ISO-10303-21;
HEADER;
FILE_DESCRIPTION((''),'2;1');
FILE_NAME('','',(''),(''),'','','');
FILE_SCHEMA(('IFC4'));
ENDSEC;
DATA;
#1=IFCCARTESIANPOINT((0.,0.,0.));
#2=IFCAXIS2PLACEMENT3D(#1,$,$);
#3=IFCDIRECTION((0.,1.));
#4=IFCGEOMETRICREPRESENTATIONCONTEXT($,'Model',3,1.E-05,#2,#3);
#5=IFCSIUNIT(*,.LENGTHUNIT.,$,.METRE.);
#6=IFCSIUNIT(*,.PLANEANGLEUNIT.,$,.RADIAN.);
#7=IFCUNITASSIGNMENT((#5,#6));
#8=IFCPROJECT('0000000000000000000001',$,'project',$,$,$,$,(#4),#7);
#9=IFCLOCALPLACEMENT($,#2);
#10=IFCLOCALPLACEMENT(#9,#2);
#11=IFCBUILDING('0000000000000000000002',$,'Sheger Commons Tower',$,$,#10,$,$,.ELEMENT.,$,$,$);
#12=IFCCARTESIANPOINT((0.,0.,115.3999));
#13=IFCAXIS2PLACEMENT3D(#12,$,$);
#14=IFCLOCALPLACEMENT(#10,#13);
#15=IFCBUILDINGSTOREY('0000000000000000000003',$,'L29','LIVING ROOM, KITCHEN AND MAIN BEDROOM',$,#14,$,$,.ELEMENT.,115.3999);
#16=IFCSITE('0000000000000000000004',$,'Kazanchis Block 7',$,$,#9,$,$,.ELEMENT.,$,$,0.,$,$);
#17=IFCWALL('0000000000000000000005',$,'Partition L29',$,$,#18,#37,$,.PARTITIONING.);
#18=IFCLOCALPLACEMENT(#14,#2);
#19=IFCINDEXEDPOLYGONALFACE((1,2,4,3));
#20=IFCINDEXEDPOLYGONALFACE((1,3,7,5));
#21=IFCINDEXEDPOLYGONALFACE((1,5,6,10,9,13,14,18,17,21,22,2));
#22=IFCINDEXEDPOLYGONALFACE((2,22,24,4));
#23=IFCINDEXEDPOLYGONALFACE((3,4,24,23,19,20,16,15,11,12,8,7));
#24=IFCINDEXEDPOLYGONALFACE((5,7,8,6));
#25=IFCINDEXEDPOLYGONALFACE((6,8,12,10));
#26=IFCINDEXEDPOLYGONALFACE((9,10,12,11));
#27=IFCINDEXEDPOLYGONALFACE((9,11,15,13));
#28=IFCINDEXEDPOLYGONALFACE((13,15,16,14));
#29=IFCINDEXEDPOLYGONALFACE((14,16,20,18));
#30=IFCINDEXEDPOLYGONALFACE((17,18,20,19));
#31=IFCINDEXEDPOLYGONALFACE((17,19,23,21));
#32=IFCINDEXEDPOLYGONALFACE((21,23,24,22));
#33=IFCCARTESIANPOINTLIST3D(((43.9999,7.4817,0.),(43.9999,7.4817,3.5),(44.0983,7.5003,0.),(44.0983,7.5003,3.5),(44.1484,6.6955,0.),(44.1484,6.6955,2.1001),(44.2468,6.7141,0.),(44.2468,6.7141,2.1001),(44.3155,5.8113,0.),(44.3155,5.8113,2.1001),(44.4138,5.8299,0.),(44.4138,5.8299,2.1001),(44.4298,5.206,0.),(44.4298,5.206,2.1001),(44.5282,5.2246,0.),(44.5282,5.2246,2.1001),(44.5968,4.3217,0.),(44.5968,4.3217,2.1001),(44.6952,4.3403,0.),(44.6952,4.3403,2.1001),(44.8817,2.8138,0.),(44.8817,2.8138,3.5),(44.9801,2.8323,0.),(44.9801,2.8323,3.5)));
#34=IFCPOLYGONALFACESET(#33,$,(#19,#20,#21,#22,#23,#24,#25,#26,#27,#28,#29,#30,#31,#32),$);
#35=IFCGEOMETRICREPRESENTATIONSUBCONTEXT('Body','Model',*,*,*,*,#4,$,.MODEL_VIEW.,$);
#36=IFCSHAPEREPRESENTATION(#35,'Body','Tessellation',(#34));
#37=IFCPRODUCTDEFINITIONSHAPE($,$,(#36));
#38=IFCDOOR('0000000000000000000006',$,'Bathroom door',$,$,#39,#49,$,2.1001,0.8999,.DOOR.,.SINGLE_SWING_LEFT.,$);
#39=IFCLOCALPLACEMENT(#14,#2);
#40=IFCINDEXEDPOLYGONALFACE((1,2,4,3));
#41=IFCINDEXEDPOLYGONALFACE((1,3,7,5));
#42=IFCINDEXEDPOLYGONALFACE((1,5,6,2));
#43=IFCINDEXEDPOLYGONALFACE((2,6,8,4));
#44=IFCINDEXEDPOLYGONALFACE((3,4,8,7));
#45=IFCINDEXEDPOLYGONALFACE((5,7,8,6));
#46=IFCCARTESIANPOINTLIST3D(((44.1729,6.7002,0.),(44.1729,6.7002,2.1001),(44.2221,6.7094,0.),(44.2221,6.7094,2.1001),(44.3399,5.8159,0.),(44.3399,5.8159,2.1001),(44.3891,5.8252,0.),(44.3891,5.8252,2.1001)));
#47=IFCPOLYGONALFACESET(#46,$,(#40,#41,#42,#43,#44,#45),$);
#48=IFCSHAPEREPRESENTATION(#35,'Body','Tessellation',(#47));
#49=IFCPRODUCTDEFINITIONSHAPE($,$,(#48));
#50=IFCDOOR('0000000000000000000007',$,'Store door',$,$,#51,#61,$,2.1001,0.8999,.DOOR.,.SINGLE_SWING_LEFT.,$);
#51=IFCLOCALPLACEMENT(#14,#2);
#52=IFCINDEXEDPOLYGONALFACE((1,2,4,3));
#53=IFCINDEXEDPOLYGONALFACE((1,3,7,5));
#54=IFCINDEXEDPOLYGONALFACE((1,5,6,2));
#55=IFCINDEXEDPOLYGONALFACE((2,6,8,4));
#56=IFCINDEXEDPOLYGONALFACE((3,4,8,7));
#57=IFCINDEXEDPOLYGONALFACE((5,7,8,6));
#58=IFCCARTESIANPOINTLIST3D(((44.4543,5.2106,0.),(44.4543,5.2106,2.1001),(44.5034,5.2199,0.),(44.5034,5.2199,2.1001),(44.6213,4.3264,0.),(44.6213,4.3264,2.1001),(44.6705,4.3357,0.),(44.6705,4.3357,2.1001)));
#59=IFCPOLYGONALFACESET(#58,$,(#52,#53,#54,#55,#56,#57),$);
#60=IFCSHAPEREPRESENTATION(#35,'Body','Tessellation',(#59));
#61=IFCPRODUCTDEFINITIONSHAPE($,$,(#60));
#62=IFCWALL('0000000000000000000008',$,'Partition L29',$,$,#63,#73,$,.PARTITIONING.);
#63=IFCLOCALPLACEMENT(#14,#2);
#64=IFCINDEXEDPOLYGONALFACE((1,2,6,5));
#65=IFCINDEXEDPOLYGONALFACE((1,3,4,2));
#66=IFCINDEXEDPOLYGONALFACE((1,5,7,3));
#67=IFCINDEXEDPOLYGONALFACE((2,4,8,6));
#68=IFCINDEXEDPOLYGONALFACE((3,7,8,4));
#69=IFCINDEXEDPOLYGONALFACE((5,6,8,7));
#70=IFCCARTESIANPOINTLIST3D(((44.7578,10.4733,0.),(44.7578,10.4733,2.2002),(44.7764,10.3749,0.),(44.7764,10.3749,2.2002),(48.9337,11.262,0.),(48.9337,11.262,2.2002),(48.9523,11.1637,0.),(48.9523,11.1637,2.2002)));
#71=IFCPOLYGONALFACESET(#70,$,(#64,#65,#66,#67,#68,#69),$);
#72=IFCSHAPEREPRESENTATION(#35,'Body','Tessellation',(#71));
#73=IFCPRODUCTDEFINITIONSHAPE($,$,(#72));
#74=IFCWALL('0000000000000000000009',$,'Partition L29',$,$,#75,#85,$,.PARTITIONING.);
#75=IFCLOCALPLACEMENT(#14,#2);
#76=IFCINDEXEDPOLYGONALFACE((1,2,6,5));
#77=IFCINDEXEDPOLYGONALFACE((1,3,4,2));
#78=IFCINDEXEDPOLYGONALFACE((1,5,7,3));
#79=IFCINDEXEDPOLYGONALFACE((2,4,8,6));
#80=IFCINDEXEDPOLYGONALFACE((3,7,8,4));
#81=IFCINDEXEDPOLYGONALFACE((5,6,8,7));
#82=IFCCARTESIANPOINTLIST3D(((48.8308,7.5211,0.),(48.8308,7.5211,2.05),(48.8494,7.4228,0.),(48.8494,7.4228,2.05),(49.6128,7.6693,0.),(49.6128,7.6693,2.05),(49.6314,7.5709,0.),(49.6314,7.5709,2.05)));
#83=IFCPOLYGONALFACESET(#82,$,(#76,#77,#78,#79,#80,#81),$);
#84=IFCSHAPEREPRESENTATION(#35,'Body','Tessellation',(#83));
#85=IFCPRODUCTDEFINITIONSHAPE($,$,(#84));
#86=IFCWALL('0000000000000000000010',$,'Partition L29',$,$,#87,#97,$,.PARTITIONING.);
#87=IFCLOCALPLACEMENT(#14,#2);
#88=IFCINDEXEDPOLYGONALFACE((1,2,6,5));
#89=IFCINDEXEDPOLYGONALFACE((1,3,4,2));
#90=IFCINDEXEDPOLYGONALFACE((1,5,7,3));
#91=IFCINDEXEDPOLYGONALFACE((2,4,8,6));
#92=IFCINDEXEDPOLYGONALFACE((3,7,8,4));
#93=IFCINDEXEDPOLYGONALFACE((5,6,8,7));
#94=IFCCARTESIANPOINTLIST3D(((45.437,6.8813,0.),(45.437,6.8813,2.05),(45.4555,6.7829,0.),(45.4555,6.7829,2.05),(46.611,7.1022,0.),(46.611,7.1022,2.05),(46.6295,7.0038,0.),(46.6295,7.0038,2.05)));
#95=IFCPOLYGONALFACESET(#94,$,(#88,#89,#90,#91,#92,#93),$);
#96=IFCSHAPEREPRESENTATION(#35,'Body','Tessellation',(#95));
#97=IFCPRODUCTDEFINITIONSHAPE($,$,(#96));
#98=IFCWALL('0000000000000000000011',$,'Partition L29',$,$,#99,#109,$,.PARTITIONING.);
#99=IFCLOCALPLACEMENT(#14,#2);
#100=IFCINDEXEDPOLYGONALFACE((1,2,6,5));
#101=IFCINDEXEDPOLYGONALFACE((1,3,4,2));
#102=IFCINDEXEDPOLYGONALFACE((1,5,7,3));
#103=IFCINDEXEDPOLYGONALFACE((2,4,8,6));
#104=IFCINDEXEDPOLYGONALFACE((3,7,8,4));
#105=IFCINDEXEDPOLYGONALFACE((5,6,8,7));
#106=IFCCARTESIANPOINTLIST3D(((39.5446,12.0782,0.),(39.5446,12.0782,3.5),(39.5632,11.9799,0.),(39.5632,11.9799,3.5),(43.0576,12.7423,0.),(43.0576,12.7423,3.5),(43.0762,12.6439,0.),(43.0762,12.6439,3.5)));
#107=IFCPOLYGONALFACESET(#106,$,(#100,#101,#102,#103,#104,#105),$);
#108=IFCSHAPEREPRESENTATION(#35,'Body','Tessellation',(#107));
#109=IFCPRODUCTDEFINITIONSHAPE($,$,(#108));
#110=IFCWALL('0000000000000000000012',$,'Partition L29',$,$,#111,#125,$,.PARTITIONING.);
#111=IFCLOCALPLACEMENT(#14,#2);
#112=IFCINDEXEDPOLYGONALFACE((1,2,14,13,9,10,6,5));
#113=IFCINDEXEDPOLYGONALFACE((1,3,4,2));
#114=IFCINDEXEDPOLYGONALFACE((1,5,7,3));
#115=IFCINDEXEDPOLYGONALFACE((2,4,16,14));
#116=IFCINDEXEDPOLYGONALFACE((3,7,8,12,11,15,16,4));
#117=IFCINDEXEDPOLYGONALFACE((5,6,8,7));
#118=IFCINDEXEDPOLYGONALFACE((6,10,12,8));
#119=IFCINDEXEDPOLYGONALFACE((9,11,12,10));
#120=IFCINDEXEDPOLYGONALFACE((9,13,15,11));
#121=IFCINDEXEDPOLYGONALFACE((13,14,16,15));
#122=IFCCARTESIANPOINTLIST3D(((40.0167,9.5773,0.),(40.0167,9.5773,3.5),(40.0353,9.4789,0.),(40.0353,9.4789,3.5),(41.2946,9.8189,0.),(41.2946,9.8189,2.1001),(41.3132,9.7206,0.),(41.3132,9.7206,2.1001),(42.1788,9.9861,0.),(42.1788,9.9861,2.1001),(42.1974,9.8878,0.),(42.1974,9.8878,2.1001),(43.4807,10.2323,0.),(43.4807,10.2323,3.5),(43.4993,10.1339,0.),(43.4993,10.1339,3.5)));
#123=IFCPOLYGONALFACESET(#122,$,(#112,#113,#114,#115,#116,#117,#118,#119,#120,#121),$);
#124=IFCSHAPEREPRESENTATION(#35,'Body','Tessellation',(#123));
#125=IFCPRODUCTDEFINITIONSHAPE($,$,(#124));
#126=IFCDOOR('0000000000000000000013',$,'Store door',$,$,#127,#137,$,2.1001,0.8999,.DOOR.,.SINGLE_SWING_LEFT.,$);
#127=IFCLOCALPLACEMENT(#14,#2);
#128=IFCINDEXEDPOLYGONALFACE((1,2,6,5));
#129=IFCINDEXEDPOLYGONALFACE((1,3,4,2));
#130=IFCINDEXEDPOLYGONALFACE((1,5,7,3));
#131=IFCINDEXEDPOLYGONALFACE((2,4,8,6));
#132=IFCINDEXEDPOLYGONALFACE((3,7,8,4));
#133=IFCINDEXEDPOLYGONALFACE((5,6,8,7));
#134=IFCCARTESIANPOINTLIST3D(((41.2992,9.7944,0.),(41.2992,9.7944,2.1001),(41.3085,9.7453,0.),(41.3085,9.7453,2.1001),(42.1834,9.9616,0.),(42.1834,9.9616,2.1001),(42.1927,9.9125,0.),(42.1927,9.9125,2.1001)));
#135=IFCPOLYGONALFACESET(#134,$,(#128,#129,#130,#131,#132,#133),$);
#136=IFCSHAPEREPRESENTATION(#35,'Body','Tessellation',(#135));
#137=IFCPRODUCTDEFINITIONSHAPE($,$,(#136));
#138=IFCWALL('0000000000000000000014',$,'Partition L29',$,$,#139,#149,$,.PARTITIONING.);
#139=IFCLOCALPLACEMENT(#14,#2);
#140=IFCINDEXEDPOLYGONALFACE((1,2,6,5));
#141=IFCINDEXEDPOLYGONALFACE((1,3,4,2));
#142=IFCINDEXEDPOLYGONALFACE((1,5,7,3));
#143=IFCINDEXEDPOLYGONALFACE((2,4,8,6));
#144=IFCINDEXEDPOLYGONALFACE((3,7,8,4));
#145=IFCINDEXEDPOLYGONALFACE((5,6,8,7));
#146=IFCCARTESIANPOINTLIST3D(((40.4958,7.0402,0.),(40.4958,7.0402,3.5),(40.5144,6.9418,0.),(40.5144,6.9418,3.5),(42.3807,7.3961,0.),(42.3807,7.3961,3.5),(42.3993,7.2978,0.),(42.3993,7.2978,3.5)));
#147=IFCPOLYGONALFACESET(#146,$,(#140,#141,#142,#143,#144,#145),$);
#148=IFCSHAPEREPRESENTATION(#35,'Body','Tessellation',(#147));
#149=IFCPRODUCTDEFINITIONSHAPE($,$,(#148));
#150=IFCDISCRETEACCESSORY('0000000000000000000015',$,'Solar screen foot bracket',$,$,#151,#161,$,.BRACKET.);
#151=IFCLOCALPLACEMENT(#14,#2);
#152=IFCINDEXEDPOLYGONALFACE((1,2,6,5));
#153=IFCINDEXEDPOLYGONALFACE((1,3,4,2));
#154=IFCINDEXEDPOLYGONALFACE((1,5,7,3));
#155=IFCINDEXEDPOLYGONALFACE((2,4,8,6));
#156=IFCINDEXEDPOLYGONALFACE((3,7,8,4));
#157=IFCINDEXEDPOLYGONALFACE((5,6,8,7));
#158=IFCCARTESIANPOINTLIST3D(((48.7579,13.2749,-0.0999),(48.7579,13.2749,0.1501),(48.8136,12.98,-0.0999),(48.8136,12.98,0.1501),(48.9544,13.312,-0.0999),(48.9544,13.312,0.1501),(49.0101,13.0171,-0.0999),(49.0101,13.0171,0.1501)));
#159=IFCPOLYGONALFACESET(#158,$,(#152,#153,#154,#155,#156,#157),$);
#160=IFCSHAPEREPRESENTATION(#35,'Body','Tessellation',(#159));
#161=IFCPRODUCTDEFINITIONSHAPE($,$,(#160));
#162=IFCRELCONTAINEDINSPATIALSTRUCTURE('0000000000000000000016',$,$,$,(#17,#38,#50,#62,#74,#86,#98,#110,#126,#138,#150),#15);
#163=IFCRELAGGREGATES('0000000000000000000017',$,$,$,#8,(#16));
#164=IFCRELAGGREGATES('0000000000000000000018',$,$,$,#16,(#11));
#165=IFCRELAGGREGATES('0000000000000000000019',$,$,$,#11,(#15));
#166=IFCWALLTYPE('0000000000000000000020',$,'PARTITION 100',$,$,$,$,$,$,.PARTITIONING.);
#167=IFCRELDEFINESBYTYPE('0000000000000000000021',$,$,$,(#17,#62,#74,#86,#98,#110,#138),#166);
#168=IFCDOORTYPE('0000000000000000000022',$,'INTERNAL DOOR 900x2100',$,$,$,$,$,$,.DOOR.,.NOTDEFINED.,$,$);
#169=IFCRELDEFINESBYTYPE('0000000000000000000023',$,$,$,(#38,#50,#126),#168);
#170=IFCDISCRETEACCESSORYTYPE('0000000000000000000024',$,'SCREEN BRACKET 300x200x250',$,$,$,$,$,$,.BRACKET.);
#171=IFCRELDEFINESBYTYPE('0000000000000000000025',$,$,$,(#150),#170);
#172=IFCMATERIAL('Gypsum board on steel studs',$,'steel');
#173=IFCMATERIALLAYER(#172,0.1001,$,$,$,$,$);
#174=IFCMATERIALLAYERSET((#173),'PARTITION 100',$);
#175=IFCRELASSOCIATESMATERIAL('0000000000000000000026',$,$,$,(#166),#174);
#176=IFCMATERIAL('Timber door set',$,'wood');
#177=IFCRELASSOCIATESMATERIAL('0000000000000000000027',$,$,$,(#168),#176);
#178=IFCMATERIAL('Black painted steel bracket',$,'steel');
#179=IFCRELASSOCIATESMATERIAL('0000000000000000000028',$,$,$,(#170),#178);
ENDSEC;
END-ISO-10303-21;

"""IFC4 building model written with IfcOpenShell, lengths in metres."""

from ifc_helpers import new_model, si_unit, direction, frame, frame_2d, origin, origin_2d, place, context, subcontext, project, spatial, rectangle, extrude, material, layer, layer_set, type_object, element, fill, save


model = new_model("IFC4")

# Units and contexts
model_context = context("Model", 3, precision=1e-05, world=origin(), true_north=direction((0.0, 1.0)))
body_context = subcontext(model_context, "Body", "Model", "MODEL_VIEW")
ifc_project = project(units=[si_unit("LENGTHUNIT", "METRE"), si_unit("PLANEANGLEUNIT", "RADIAN")], contexts=[model_context])

# Site, building, storey
site_placement = place(None, origin())
site = spatial("IfcSite", under=ifc_project, at=site_placement, Name="Kazanchis Block 7", CompositionType="ELEMENT", RefElevation=0.0)
building_placement = place(site_placement, origin())
building = spatial("IfcBuilding", under=site, at=building_placement, Name="Sheger Commons Tower", CompositionType="ELEMENT")
storey_placement = place(building_placement, frame((0.0, 0.0, 115.3999)))
storey = spatial("IfcBuildingStorey", under=building, at=storey_placement, Name="L29", Description="LIVING ROOM, KITCHEN AND MAIN BEDROOM", CompositionType="ELEMENT", Elevation=115.3999)

# Shared definitions
ifc_material_1 = material(Name="Gypsum board on steel studs", Category="steel")
ifc_layer_1 = layer(ifc_material_1, 0.1001)
ifc_layer_set_1 = layer_set([ifc_layer_1], Name="PARTITION 100")
wall_type_1 = type_object("IfcWallType", Name="PARTITION 100", PredefinedType="PARTITIONING", material=ifc_layer_set_1)
ifc_material_2 = material(Name="Timber door set", Category="wood")
door_type_1 = type_object("IfcDoorType", Name="INTERNAL DOOR 900x2100", OperationType="NOTDEFINED", PredefinedType="DOOR", material=ifc_material_2)

# Wall, openings, doors
wall_1_placement = place(storey_placement, frame((44.0491, 7.491, 0.0), z_axis=(0.0, 0.0, 1.0), x_axis=(0.185629, -0.98262, 0.0)))
wall_1 = element("IfcWall", 1, at=wall_1_placement, inside=storey, type_object=wall_type_1, Name="Partition L29", PredefinedType="PARTITIONING", context=body_context, shape_type="SweptSolid", body=[
    extrude(rectangle(XDim=4.7505, YDim=0.1001, at=frame_2d((2.3752, 0.0))), origin(), (0.0, 0.0, 1.0), 3.5),
])
opening_1_placement = place(wall_1_placement, frame((0.8, 0.0, 0.0)))
opening_1 = element("IfcOpeningElement", 2, at=opening_1_placement, cuts=wall_1, PredefinedType="OPENING", context=body_context, shape_type="SweptSolid", body=[
    extrude(rectangle(XDim=0.8999, YDim=2.1001, at=frame_2d((0.45, 1.05))), frame((0.0, 0.0601, 0.0), z_axis=(0.0, -1.0, 0.0), x_axis=(1.0, 0.0, 0.0)), (0.0, 0.0, 1.0), 0.1201),
])
opening_2_placement = place(wall_1_placement, frame((2.3159, 0.0, 0.0)))
opening_2 = element("IfcOpeningElement", 3, at=opening_2_placement, cuts=wall_1, PredefinedType="OPENING", context=body_context, shape_type="SweptSolid", body=[
    extrude(rectangle(XDim=0.8999, YDim=2.1001, at=frame_2d((0.45, 1.05))), frame((0.0, 0.0601, 0.0), z_axis=(0.0, -1.0, 0.0), x_axis=(1.0, 0.0, 0.0)), (0.0, 0.0, 1.0), 0.1201),
])
door_1_placement = place(opening_1_placement, origin())
door_1 = element("IfcDoor", 4, at=door_1_placement, inside=storey, type_object=door_type_1, Name="Bathroom door", OperationType="SINGLE_SWING_LEFT", OverallHeight=2.1001, OverallWidth=0.8999, PredefinedType="DOOR", context=body_context, shape_type="SweptSolid", body=[
    extrude(rectangle(XDim=0.8999, YDim=2.1001, at=frame_2d((0.45, 1.05))), frame((0.0, 0.0249, 0.0), z_axis=(0.0, -1.0, 0.0), x_axis=(1.0, 0.0, 0.0)), (0.0, 0.0, 1.0), 0.05),
])
fill(opening_1, door_1)
door_2_placement = place(opening_2_placement, origin())
door_2 = element("IfcDoor", 5, at=door_2_placement, inside=storey, type_object=door_type_1, Name="Store door", OperationType="SINGLE_SWING_LEFT", OverallHeight=2.1001, OverallWidth=0.8999, PredefinedType="DOOR", context=body_context, shape_type="SweptSolid", body=[
    extrude(rectangle(XDim=0.8999, YDim=2.1001, at=frame_2d((0.45, 1.05))), frame((0.0, 0.0249, 0.0), z_axis=(0.0, -1.0, 0.0), x_axis=(1.0, 0.0, 0.0)), (0.0, 0.0, 1.0), 0.05),
])
fill(opening_2, door_2)

# Walls
wall_2_placement = place(storey_placement, frame((48.9431, 11.2129, 0.0), z_axis=(0.0, 0.0, 1.0), x_axis=(-0.982624, -0.18561, 0.0)))
element("IfcWall", 6, at=wall_2_placement, inside=storey, type_object=wall_type_1, Name="Partition L29", PredefinedType="PARTITIONING", context=body_context, shape_type="SweptSolid", body=[
    extrude(rectangle(XDim=4.2498, YDim=0.1001, at=frame_2d((2.125, 0.0))), origin(), (0.0, 0.0, 1.0), 2.2002),
])
wall_3_placement = place(storey_placement, frame((49.6221, 7.6201, 0.0), z_axis=(0.0, 0.0, 1.0), x_axis=(-0.982513, -0.186196, 0.0)))
element("IfcWall", 7, at=wall_3_placement, inside=storey, type_object=wall_type_1, Name="Partition L29", PredefinedType="PARTITIONING", context=body_context, shape_type="SweptSolid", body=[
    extrude(rectangle(XDim=0.7959, YDim=0.1001, at=frame_2d((0.3979, 0.0))), origin(), (0.0, 0.0, 1.0), 2.05),
])
wall_4_placement = place(storey_placement, frame((46.6201, 7.053, 0.0), z_axis=(0.0, 0.0, 1.0), x_axis=(-0.982749, -0.184942, 0.0)))
element("IfcWall", 8, at=wall_4_placement, inside=storey, type_object=wall_type_1, Name="Partition L29", PredefinedType="PARTITIONING", context=body_context, shape_type="SweptSolid", body=[
    extrude(rectangle(XDim=1.1946, YDim=0.1001, at=frame_2d((0.5972, 0.0))), origin(), (0.0, 0.0, 1.0), 2.05),
])
wall_5_placement = place(storey_placement, frame((43.0669, 12.6931, 0.0), z_axis=(0.0, 0.0, 1.0), x_axis=(-0.982598, -0.185744, 0.0)))
element("IfcWall", 9, at=wall_5_placement, inside=storey, type_object=wall_type_1, Name="Partition L29", PredefinedType="PARTITIONING", context=body_context, shape_type="SweptSolid", body=[
    extrude(rectangle(XDim=3.5752, YDim=0.1001, at=frame_2d((1.7876, 0.0))), origin(), (0.0, 0.0, 1.0), 3.5),
])

# Wall, opening, door
wall_6_placement = place(storey_placement, frame((43.49, 10.1831, 0.0), z_axis=(0.0, 0.0, 1.0), x_axis=(-0.982588, -0.185798, 0.0)))
wall_6 = element("IfcWall", 10, at=wall_6_placement, inside=storey, type_object=wall_type_1, Name="Partition L29", PredefinedType="PARTITIONING", context=body_context, shape_type="SweptSolid", body=[
    extrude(rectangle(XDim=3.5254, YDim=0.1001, at=frame_2d((1.7627, 0.0))), origin(), (0.0, 0.0, 1.0), 3.5),
])
opening_3_placement = place(wall_6_placement, frame((1.325, 0.0, 0.0)))
opening_3 = element("IfcOpeningElement", 11, at=opening_3_placement, cuts=wall_6, PredefinedType="OPENING", context=body_context, shape_type="SweptSolid", body=[
    extrude(rectangle(XDim=0.8999, YDim=2.1001, at=frame_2d((0.45, 1.05))), frame((0.0, 0.0601, 0.0), z_axis=(0.0, -1.0, 0.0), x_axis=(1.0, 0.0, 0.0)), (0.0, 0.0, 1.0), 0.1201),
])
door_3_placement = place(opening_3_placement, origin())
door_3 = element("IfcDoor", 12, at=door_3_placement, inside=storey, type_object=door_type_1, Name="Store door", OperationType="SINGLE_SWING_LEFT", OverallHeight=2.1001, OverallWidth=0.8999, PredefinedType="DOOR", context=body_context, shape_type="SweptSolid", body=[
    extrude(rectangle(XDim=0.8999, YDim=2.1001, at=frame_2d((0.45, 1.05))), frame((0.0, 0.0249, 0.0), z_axis=(0.0, -1.0, 0.0), x_axis=(1.0, 0.0, 0.0)), (0.0, 0.0, 1.0), 0.05),
])
fill(opening_3, door_3)

# Wall
wall_7_placement = place(storey_placement, frame((42.3899, 7.3469, 0.0), z_axis=(0.0, 0.0, 1.0), x_axis=(-0.982634, -0.185556, 0.0)))
element("IfcWall", 13, at=wall_7_placement, inside=storey, type_object=wall_type_1, Name="Partition L29", PredefinedType="PARTITIONING", context=body_context, shape_type="SweptSolid", body=[
    extrude(rectangle(XDim=1.9182, YDim=0.1001, at=frame_2d((0.959, 0.0))), origin(), (0.0, 0.0, 1.0), 3.5),
])

# Discrete accessory
ifc_material_3 = material(Name="Black painted steel bracket", Category="steel")
discrete_accessory_type = type_object("IfcDiscreteAccessoryType", Name="SCREEN BRACKET 300x200x250", PredefinedType="BRACKET", material=ifc_material_3)
discrete_accessory_placement = place(storey_placement, frame((48.884, 13.146, -0.0999), z_axis=(0.0, 0.0, 1.0), x_axis=(-0.185615, 0.982623, 0.0)))
element("IfcDiscreteAccessory", 14, at=discrete_accessory_placement, inside=storey, type_object=discrete_accessory_type, Name="Solar screen foot bracket", PredefinedType="BRACKET", context=body_context, shape_type="SweptSolid", body=[
    extrude(rectangle(XDim=0.3, YDim=0.2, at=origin_2d()), origin(), (0.0, 0.0, 1.0), 0.25),
])

save(model, "model.ifc")
